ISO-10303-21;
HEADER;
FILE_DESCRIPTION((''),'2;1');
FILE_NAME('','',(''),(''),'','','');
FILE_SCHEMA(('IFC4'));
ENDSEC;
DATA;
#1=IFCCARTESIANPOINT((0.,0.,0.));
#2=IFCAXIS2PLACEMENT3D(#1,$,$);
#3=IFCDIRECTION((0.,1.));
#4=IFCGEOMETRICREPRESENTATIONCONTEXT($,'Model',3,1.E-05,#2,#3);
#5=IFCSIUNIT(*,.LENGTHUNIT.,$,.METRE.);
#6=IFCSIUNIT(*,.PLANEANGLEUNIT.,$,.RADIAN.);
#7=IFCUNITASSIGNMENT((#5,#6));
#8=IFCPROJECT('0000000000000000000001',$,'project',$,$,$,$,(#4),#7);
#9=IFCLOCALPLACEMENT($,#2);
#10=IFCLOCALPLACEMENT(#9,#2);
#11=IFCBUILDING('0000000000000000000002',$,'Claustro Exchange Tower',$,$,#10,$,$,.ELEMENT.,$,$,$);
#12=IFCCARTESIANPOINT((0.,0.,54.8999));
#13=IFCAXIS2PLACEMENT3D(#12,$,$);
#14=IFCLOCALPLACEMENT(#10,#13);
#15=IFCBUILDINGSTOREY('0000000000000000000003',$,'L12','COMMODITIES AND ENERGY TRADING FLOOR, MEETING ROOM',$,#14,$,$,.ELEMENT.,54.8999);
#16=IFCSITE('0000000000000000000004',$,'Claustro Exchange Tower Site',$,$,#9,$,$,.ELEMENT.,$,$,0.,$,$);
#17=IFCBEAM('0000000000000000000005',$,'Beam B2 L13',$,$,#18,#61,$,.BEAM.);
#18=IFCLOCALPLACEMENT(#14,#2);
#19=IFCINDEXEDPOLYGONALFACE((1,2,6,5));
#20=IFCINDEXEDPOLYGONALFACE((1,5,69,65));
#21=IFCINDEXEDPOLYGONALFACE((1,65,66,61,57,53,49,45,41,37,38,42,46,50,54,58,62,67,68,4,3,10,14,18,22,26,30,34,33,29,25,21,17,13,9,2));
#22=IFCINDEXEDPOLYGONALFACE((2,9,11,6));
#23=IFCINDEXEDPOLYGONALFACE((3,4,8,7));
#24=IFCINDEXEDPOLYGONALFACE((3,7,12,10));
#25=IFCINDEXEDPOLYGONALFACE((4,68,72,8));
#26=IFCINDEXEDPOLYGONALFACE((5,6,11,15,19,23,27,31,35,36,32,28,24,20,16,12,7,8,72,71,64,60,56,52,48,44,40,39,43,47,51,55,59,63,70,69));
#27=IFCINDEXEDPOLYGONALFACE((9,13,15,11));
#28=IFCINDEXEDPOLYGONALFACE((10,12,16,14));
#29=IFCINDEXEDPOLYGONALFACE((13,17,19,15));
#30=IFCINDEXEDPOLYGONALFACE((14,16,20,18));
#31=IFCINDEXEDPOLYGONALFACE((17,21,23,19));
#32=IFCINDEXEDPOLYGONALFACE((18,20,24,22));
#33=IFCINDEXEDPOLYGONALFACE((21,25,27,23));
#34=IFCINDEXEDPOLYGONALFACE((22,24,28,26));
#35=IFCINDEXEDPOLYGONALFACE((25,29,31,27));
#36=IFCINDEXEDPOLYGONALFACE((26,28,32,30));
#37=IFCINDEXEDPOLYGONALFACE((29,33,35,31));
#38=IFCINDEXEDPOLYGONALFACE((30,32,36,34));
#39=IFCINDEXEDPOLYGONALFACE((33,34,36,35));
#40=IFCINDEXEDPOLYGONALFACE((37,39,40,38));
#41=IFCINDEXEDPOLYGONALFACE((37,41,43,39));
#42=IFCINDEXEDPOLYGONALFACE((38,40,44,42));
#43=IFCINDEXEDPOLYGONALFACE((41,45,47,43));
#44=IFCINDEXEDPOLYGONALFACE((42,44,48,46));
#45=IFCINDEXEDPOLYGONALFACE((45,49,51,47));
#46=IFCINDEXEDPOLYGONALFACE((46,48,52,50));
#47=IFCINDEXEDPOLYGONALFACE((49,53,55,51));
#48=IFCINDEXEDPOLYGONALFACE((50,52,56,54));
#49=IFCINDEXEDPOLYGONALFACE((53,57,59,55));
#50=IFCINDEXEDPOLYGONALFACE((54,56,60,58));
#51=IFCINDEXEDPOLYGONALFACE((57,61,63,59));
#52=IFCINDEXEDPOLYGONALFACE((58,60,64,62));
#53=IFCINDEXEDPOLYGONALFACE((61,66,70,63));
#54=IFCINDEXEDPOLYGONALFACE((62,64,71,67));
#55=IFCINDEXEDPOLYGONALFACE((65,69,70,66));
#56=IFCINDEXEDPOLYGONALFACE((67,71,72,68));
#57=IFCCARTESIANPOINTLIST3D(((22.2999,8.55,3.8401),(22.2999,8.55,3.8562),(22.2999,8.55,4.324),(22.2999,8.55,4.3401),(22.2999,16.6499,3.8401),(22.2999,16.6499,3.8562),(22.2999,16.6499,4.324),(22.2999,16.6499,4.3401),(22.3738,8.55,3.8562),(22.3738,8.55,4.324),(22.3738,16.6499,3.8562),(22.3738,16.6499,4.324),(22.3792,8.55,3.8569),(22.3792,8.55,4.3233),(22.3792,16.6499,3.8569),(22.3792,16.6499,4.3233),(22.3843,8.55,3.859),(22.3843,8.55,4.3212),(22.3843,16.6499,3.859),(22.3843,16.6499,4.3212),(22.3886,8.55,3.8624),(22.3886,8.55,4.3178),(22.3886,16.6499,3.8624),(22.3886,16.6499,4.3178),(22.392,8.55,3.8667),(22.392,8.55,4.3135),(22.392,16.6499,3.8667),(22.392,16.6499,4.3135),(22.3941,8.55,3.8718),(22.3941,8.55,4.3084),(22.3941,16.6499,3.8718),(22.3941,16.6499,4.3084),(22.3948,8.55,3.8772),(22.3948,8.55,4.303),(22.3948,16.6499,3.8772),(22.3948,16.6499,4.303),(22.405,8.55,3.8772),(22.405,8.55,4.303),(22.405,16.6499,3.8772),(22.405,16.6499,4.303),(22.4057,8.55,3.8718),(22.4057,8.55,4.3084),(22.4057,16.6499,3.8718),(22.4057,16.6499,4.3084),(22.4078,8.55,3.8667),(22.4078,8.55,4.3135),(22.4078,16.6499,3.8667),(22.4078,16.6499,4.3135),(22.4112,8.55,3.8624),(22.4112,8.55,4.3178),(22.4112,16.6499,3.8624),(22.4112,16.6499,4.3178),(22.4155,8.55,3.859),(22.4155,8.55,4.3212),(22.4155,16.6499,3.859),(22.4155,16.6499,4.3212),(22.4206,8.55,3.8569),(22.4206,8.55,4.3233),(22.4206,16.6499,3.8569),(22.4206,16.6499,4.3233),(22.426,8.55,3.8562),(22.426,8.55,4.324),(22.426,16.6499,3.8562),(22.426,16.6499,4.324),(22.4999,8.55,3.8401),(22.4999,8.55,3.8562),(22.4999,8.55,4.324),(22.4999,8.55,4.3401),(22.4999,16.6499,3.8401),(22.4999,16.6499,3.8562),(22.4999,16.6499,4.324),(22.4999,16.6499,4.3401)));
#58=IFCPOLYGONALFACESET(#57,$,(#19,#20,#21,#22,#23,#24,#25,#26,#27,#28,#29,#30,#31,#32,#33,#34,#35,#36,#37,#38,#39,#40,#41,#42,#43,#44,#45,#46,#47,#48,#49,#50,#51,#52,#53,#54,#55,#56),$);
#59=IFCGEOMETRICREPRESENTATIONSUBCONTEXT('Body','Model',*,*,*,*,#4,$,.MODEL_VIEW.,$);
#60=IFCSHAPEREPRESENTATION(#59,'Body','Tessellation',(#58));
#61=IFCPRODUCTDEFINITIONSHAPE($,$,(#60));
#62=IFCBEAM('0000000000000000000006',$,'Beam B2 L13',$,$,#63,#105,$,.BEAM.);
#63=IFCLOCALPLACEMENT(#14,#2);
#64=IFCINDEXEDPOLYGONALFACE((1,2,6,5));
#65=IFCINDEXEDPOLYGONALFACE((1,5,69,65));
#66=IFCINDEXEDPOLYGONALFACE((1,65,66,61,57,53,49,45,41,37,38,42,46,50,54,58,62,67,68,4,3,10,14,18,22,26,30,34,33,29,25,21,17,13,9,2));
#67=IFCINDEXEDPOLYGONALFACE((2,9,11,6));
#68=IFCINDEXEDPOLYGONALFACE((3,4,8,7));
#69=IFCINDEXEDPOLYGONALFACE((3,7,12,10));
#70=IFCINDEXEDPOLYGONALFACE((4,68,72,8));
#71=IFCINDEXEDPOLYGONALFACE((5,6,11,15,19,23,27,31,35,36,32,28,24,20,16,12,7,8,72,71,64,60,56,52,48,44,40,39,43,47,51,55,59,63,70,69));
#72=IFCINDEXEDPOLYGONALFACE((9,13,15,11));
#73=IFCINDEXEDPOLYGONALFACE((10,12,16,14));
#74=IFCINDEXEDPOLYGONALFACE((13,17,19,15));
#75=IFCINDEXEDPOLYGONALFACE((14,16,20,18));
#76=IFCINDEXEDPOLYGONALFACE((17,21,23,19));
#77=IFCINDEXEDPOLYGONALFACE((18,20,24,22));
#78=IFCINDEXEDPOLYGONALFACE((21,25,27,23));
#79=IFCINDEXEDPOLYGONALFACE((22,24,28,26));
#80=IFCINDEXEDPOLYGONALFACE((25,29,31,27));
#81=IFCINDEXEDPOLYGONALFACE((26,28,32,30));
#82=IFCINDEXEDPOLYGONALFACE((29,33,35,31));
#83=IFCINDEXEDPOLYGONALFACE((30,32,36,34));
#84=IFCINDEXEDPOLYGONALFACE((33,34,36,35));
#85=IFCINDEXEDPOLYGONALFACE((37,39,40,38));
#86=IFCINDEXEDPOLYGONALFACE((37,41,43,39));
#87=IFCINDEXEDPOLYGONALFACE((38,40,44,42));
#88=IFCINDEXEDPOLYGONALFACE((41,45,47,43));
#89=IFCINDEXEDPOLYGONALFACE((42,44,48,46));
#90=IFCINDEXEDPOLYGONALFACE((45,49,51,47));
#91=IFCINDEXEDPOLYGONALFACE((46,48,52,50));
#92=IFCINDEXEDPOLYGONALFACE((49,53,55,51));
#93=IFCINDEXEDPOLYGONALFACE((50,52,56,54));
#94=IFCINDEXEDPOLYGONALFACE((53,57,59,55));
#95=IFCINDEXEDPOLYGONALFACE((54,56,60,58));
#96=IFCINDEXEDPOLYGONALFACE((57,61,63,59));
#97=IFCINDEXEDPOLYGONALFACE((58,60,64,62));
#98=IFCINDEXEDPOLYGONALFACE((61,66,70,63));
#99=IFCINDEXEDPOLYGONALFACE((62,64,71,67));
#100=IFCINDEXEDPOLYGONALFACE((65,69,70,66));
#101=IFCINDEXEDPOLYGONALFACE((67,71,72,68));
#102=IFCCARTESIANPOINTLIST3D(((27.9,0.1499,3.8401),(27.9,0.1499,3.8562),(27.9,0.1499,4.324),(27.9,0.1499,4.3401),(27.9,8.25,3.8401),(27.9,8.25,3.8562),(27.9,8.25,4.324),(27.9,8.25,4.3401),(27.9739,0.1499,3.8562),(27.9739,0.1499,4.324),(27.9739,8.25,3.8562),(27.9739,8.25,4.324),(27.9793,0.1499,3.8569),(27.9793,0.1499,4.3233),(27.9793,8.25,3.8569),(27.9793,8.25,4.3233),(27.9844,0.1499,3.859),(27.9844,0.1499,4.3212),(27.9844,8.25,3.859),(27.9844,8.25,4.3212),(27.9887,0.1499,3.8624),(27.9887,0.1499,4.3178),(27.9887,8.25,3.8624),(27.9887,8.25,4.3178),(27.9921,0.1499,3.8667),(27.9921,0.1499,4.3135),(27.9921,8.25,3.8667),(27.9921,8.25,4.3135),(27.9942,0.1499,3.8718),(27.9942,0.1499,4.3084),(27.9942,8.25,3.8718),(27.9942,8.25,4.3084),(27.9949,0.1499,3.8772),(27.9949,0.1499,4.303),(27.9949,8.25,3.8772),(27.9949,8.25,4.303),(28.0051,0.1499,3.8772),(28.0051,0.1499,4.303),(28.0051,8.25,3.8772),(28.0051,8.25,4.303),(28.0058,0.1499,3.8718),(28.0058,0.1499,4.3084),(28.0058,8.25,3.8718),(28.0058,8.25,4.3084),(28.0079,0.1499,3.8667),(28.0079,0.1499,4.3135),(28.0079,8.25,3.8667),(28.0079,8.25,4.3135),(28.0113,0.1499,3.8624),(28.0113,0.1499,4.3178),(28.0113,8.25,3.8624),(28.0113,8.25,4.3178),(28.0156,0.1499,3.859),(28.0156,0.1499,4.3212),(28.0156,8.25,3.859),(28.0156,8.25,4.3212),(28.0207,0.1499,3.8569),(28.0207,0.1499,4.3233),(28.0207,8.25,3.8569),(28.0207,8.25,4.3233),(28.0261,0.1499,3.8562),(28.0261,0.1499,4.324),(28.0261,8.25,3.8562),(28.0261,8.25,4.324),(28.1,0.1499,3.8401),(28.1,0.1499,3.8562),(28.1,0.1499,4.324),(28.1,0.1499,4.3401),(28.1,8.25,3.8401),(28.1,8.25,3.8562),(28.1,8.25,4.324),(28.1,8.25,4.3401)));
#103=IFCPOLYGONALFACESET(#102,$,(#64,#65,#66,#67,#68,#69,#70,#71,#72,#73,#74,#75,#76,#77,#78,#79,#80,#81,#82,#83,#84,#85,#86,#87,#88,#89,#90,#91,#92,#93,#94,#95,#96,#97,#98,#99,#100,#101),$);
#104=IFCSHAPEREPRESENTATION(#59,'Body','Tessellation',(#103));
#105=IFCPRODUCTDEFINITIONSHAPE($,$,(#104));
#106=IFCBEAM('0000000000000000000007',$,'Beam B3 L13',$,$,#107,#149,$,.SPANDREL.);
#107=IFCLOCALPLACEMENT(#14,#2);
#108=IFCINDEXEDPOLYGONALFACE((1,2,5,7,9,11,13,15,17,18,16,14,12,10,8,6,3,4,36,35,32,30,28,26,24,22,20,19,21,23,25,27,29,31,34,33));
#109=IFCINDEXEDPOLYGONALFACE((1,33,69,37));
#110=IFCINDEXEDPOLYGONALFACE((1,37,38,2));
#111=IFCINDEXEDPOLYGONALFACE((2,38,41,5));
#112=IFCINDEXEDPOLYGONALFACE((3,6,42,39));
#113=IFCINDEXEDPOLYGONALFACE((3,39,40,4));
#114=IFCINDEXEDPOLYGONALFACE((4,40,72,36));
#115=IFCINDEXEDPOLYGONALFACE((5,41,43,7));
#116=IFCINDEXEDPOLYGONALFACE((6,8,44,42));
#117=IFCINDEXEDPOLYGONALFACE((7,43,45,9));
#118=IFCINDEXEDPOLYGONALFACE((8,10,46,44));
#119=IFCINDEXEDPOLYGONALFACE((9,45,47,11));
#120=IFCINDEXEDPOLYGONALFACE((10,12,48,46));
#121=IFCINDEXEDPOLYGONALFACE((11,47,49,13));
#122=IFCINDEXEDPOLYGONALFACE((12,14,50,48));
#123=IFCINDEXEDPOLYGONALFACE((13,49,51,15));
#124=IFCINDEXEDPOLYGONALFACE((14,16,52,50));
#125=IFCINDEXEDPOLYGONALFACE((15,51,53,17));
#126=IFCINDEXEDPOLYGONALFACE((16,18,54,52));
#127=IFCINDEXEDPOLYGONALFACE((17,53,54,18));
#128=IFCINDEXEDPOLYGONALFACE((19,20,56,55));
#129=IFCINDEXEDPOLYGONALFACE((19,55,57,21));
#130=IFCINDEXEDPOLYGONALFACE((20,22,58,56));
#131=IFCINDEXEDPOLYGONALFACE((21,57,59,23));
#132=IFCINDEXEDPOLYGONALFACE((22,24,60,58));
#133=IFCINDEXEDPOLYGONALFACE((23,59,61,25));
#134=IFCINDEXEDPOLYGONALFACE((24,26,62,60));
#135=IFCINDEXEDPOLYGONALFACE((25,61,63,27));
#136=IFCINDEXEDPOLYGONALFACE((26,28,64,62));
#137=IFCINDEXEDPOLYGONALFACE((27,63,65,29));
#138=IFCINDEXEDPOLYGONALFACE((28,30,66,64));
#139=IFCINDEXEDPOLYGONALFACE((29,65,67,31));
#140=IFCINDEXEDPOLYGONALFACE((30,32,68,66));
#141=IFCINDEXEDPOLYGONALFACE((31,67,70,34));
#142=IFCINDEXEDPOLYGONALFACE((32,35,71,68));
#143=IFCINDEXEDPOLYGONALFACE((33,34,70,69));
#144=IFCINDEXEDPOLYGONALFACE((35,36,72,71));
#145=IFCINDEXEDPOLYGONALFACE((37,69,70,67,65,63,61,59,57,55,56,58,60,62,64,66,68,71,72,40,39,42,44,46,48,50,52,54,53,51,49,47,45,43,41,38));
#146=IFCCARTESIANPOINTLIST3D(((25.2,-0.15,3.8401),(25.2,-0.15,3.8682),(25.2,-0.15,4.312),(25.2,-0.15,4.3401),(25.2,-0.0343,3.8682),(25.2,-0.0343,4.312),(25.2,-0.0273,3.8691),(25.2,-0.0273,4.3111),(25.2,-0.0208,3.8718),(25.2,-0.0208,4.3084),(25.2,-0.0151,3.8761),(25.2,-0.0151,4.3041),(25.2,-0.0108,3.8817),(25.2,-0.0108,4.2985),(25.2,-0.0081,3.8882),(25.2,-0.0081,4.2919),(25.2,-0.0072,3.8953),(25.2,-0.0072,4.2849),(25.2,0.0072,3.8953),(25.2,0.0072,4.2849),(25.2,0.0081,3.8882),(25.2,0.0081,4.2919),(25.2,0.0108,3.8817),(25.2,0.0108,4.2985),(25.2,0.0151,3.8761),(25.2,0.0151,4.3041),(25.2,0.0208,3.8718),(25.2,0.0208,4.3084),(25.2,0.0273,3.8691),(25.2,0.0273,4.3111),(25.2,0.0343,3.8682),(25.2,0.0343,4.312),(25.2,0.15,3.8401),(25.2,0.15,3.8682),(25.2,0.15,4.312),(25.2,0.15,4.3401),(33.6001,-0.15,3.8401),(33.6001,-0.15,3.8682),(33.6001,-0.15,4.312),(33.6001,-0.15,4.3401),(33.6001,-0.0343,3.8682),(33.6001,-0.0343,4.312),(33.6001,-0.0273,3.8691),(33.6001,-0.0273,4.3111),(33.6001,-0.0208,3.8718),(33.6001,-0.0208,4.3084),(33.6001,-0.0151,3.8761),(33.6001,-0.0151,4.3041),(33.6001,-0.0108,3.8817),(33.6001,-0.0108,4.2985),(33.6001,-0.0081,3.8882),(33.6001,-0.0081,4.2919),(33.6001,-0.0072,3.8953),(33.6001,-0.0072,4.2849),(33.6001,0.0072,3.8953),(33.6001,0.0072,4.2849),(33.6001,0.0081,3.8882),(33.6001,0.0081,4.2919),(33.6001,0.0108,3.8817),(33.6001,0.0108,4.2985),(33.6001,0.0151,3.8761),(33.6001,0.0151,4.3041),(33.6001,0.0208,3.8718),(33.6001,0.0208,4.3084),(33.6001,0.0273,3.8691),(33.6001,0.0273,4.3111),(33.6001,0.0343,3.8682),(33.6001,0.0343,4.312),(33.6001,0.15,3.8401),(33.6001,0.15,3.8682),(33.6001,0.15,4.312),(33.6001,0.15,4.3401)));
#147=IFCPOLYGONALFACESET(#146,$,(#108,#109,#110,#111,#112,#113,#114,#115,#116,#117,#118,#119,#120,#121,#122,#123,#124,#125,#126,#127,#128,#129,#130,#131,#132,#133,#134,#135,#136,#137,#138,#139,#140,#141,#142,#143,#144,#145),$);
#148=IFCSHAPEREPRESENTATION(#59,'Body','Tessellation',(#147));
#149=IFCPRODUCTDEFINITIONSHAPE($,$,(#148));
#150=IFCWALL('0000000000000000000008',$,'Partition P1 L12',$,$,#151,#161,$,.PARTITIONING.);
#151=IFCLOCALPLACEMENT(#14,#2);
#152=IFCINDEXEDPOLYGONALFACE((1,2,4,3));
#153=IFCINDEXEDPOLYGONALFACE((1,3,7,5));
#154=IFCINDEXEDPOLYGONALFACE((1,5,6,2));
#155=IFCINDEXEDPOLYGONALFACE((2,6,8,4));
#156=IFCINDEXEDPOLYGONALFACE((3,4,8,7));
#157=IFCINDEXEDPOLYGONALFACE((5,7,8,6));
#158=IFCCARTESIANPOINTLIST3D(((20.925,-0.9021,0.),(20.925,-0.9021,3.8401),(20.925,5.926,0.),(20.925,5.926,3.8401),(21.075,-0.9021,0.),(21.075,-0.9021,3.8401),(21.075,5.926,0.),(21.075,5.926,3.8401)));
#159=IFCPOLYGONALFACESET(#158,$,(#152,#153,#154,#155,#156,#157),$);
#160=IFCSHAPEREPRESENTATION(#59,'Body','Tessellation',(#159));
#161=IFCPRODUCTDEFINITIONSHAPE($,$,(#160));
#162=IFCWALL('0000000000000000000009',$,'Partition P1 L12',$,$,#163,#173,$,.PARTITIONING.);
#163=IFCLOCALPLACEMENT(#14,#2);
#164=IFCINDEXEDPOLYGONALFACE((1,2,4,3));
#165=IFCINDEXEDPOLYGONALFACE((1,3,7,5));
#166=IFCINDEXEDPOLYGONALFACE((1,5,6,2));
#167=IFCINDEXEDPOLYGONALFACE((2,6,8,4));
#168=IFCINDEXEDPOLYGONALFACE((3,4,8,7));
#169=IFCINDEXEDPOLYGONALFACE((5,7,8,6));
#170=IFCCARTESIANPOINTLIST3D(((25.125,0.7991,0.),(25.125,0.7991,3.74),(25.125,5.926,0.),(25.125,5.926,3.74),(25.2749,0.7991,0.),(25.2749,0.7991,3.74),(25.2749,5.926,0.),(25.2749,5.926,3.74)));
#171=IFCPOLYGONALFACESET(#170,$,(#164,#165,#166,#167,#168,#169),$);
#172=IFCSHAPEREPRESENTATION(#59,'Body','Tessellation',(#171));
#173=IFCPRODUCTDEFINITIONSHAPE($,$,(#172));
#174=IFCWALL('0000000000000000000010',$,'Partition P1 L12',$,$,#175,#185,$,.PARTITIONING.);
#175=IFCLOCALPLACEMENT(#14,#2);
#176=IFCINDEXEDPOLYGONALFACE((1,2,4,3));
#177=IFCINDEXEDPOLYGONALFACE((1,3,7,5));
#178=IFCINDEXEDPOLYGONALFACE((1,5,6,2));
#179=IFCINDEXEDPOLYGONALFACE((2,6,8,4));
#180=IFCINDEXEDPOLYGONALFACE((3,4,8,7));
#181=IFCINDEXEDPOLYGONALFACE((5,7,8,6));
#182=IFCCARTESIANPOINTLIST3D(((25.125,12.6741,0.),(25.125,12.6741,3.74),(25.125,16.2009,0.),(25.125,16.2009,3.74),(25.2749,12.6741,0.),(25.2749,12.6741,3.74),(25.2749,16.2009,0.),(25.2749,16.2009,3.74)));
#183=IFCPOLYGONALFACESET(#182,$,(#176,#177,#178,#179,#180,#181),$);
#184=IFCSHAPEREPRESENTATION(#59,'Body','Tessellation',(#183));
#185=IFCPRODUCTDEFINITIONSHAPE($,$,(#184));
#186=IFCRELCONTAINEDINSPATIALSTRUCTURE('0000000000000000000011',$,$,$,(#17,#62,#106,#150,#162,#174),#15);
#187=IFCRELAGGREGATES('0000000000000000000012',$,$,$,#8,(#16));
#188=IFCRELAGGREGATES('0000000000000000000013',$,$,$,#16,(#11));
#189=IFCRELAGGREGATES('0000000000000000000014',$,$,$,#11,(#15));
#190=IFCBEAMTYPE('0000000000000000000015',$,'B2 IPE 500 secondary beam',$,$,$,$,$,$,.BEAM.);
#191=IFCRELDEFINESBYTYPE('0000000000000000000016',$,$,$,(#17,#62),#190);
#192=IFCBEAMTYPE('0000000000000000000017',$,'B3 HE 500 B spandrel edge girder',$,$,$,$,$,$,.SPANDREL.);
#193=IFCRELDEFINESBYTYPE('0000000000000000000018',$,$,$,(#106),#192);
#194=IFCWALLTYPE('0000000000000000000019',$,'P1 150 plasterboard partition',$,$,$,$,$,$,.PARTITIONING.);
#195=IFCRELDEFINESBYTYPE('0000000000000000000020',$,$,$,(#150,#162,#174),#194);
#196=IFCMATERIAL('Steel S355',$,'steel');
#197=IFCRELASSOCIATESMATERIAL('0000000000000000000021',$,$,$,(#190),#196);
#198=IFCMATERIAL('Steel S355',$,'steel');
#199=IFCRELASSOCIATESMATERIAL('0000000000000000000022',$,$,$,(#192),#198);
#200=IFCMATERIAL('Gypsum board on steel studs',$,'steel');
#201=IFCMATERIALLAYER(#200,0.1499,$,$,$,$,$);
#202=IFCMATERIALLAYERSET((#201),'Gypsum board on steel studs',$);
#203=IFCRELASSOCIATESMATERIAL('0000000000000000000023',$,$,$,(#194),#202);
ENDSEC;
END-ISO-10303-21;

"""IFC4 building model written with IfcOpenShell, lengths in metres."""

from ifc_helpers import new_model, si_unit, direction, frame, frame_2d, origin, origin_2d, place, context, subcontext, project, spatial, rectangle, i_section, extrude, material, layer, layer_set, material_profile, profile_set, type_object, element, save


model = new_model("IFC4")

# Units and contexts
model_context = context("Model", 3, precision=1e-05, world=origin(), true_north=direction((0.0, 1.0)))
body_context = subcontext(model_context, "Body", "Model", "MODEL_VIEW")
ifc_project = project(units=[si_unit("LENGTHUNIT", "METRE"), si_unit("PLANEANGLEUNIT", "RADIAN")], contexts=[model_context])

# Site, building, storey
site_placement = place(None, origin())
site = spatial("IfcSite", under=ifc_project, at=site_placement, Name="Claustro Exchange Tower Site", CompositionType="ELEMENT", RefElevation=0.0)
building_placement = place(site_placement, origin())
building = spatial("IfcBuilding", under=site, at=building_placement, Name="Claustro Exchange Tower", CompositionType="ELEMENT")
storey_placement = place(building_placement, frame((0.0, 0.0, 54.8999)))
storey = spatial("IfcBuildingStorey", under=building, at=storey_placement, Name="L12", Description="COMMODITIES AND ENERGY TRADING FLOOR, MEETING ROOM", CompositionType="ELEMENT", Elevation=54.8999)

# Beams
ifc_material_1 = material(Name="Steel S355", Category="steel")
ifc_material_profile_1 = material_profile(ifc_material_1, i_section(OverallWidth=0.2, OverallDepth=0.5, WebThickness=0.0103, FlangeThickness=0.0161, FilletRadius=0.021, at=origin_2d()), Name="IPE 500")
ifc_profile_set_1 = profile_set([ifc_material_profile_1], Name="Steel S355")
beam_type_1 = type_object("IfcBeamType", Name="B2 IPE 500 secondary beam", PredefinedType="BEAM", material=ifc_profile_set_1)
for number, where, z_axis, x_axis, name in (
    (1, (22.3999, 8.55, 4.0901), (0.0, 1.0, 0.0), (-1.0, 0.0, 0.0), "Beam B2 L13"),
):
    element("IfcBeam", number, at=place(storey_placement, frame(where, z_axis=z_axis, x_axis=x_axis)), inside=storey, type_object=beam_type_1, Name=name, PredefinedType="BEAM", context=body_context, shape_type="SweptSolid", body=[
        extrude(i_section(OverallWidth=0.2, OverallDepth=0.5, WebThickness=0.0103, FlangeThickness=0.0161, FilletRadius=0.021, at=origin_2d()), origin(), (0.0, 0.0, 1.0), 8.0999),
    ])
beam_1_placement = place(storey_placement, frame((28.0, 0.1499, 4.0901), z_axis=(0.0, 1.0, 0.0), x_axis=(-1.0, 0.0, 0.0)))
element("IfcBeam", 2, at=beam_1_placement, inside=storey, type_object=beam_type_1, Name="Beam B2 L13", PredefinedType="BEAM", context=body_context, shape_type="SweptSolid", body=[
    extrude(i_section(OverallWidth=0.2, OverallDepth=0.5, WebThickness=0.0103, FlangeThickness=0.0161, FilletRadius=0.021, at=origin_2d()), origin(), (0.0, 0.0, 1.0), 8.1001),
])
ifc_material_2 = material(Name="Steel S355", Category="steel")
ifc_material_profile_2 = material_profile(ifc_material_2, i_section(OverallWidth=0.3, OverallDepth=0.5, WebThickness=0.0144, FlangeThickness=0.0281, FilletRadius=0.0271, at=origin_2d()), Name="HE 500 B")
ifc_profile_set_2 = profile_set([ifc_material_profile_2], Name="Steel S355")
beam_type_2 = type_object("IfcBeamType", Name="B3 HE 500 B spandrel edge girder", PredefinedType="SPANDREL", material=ifc_profile_set_2)
beam_2_placement = place(storey_placement, frame((25.2, 0.0, 4.0901), z_axis=(1.0, 0.0, 0.0), x_axis=(0.0, 1.0, 0.0)))
element("IfcBeam", 3, at=beam_2_placement, inside=storey, type_object=beam_type_2, Name="Beam B3 L13", PredefinedType="SPANDREL", context=body_context, shape_type="SweptSolid", body=[
    extrude(i_section(OverallWidth=0.3, OverallDepth=0.5, WebThickness=0.0144, FlangeThickness=0.0281, FilletRadius=0.0271, at=origin_2d()), origin(), (0.0, 0.0, 1.0), 8.4001),
])

# Walls
ifc_material_3 = material(Name="Gypsum board on steel studs", Category="steel")
ifc_layer_1 = layer(ifc_material_3, 0.1499)
ifc_layer_set_1 = layer_set([ifc_layer_1], Name="Gypsum board on steel studs")
wall_type_1 = type_object("IfcWallType", Name="P1 150 plasterboard partition", PredefinedType="PARTITIONING", material=ifc_layer_set_1)
wall_1_placement = place(storey_placement, frame((21.0, -0.9021, 0.0), z_axis=(0.0, 0.0, 1.0), x_axis=(0.0, 1.0, 0.0)))
element("IfcWall", 4, at=wall_1_placement, inside=storey, type_object=wall_type_1, Name="Partition P1 L12", PredefinedType="PARTITIONING", context=body_context, shape_type="SweptSolid", body=[
    extrude(rectangle(XDim=6.8281, YDim=0.1499, at=frame_2d((3.4141, 0.0))), origin(), (0.0, 0.0, 1.0), 3.8401),
])
wall_2_placement = place(storey_placement, frame((25.2, 0.7991, 0.0), z_axis=(0.0, 0.0, 1.0), x_axis=(0.0, 1.0, 0.0)))
element("IfcWall", 5, at=wall_2_placement, inside=storey, type_object=wall_type_1, Name="Partition P1 L12", PredefinedType="PARTITIONING", context=body_context, shape_type="SweptSolid", body=[
    extrude(rectangle(XDim=5.127, YDim=0.1499, at=frame_2d((2.5635, 0.0))), origin(), (0.0, 0.0, 1.0), 3.74),
])
wall_3_placement = place(storey_placement, frame((25.2, 12.6741, 0.0), z_axis=(0.0, 0.0, 1.0), x_axis=(0.0, 1.0, 0.0)))
element("IfcWall", 6, at=wall_3_placement, inside=storey, type_object=wall_type_1, Name="Partition P1 L12", PredefinedType="PARTITIONING", context=body_context, shape_type="SweptSolid", body=[
    extrude(rectangle(XDim=3.5269, YDim=0.1499, at=frame_2d((1.7634, 0.0))), origin(), (0.0, 0.0, 1.0), 3.74),
])

save(model, "model.ifc")
